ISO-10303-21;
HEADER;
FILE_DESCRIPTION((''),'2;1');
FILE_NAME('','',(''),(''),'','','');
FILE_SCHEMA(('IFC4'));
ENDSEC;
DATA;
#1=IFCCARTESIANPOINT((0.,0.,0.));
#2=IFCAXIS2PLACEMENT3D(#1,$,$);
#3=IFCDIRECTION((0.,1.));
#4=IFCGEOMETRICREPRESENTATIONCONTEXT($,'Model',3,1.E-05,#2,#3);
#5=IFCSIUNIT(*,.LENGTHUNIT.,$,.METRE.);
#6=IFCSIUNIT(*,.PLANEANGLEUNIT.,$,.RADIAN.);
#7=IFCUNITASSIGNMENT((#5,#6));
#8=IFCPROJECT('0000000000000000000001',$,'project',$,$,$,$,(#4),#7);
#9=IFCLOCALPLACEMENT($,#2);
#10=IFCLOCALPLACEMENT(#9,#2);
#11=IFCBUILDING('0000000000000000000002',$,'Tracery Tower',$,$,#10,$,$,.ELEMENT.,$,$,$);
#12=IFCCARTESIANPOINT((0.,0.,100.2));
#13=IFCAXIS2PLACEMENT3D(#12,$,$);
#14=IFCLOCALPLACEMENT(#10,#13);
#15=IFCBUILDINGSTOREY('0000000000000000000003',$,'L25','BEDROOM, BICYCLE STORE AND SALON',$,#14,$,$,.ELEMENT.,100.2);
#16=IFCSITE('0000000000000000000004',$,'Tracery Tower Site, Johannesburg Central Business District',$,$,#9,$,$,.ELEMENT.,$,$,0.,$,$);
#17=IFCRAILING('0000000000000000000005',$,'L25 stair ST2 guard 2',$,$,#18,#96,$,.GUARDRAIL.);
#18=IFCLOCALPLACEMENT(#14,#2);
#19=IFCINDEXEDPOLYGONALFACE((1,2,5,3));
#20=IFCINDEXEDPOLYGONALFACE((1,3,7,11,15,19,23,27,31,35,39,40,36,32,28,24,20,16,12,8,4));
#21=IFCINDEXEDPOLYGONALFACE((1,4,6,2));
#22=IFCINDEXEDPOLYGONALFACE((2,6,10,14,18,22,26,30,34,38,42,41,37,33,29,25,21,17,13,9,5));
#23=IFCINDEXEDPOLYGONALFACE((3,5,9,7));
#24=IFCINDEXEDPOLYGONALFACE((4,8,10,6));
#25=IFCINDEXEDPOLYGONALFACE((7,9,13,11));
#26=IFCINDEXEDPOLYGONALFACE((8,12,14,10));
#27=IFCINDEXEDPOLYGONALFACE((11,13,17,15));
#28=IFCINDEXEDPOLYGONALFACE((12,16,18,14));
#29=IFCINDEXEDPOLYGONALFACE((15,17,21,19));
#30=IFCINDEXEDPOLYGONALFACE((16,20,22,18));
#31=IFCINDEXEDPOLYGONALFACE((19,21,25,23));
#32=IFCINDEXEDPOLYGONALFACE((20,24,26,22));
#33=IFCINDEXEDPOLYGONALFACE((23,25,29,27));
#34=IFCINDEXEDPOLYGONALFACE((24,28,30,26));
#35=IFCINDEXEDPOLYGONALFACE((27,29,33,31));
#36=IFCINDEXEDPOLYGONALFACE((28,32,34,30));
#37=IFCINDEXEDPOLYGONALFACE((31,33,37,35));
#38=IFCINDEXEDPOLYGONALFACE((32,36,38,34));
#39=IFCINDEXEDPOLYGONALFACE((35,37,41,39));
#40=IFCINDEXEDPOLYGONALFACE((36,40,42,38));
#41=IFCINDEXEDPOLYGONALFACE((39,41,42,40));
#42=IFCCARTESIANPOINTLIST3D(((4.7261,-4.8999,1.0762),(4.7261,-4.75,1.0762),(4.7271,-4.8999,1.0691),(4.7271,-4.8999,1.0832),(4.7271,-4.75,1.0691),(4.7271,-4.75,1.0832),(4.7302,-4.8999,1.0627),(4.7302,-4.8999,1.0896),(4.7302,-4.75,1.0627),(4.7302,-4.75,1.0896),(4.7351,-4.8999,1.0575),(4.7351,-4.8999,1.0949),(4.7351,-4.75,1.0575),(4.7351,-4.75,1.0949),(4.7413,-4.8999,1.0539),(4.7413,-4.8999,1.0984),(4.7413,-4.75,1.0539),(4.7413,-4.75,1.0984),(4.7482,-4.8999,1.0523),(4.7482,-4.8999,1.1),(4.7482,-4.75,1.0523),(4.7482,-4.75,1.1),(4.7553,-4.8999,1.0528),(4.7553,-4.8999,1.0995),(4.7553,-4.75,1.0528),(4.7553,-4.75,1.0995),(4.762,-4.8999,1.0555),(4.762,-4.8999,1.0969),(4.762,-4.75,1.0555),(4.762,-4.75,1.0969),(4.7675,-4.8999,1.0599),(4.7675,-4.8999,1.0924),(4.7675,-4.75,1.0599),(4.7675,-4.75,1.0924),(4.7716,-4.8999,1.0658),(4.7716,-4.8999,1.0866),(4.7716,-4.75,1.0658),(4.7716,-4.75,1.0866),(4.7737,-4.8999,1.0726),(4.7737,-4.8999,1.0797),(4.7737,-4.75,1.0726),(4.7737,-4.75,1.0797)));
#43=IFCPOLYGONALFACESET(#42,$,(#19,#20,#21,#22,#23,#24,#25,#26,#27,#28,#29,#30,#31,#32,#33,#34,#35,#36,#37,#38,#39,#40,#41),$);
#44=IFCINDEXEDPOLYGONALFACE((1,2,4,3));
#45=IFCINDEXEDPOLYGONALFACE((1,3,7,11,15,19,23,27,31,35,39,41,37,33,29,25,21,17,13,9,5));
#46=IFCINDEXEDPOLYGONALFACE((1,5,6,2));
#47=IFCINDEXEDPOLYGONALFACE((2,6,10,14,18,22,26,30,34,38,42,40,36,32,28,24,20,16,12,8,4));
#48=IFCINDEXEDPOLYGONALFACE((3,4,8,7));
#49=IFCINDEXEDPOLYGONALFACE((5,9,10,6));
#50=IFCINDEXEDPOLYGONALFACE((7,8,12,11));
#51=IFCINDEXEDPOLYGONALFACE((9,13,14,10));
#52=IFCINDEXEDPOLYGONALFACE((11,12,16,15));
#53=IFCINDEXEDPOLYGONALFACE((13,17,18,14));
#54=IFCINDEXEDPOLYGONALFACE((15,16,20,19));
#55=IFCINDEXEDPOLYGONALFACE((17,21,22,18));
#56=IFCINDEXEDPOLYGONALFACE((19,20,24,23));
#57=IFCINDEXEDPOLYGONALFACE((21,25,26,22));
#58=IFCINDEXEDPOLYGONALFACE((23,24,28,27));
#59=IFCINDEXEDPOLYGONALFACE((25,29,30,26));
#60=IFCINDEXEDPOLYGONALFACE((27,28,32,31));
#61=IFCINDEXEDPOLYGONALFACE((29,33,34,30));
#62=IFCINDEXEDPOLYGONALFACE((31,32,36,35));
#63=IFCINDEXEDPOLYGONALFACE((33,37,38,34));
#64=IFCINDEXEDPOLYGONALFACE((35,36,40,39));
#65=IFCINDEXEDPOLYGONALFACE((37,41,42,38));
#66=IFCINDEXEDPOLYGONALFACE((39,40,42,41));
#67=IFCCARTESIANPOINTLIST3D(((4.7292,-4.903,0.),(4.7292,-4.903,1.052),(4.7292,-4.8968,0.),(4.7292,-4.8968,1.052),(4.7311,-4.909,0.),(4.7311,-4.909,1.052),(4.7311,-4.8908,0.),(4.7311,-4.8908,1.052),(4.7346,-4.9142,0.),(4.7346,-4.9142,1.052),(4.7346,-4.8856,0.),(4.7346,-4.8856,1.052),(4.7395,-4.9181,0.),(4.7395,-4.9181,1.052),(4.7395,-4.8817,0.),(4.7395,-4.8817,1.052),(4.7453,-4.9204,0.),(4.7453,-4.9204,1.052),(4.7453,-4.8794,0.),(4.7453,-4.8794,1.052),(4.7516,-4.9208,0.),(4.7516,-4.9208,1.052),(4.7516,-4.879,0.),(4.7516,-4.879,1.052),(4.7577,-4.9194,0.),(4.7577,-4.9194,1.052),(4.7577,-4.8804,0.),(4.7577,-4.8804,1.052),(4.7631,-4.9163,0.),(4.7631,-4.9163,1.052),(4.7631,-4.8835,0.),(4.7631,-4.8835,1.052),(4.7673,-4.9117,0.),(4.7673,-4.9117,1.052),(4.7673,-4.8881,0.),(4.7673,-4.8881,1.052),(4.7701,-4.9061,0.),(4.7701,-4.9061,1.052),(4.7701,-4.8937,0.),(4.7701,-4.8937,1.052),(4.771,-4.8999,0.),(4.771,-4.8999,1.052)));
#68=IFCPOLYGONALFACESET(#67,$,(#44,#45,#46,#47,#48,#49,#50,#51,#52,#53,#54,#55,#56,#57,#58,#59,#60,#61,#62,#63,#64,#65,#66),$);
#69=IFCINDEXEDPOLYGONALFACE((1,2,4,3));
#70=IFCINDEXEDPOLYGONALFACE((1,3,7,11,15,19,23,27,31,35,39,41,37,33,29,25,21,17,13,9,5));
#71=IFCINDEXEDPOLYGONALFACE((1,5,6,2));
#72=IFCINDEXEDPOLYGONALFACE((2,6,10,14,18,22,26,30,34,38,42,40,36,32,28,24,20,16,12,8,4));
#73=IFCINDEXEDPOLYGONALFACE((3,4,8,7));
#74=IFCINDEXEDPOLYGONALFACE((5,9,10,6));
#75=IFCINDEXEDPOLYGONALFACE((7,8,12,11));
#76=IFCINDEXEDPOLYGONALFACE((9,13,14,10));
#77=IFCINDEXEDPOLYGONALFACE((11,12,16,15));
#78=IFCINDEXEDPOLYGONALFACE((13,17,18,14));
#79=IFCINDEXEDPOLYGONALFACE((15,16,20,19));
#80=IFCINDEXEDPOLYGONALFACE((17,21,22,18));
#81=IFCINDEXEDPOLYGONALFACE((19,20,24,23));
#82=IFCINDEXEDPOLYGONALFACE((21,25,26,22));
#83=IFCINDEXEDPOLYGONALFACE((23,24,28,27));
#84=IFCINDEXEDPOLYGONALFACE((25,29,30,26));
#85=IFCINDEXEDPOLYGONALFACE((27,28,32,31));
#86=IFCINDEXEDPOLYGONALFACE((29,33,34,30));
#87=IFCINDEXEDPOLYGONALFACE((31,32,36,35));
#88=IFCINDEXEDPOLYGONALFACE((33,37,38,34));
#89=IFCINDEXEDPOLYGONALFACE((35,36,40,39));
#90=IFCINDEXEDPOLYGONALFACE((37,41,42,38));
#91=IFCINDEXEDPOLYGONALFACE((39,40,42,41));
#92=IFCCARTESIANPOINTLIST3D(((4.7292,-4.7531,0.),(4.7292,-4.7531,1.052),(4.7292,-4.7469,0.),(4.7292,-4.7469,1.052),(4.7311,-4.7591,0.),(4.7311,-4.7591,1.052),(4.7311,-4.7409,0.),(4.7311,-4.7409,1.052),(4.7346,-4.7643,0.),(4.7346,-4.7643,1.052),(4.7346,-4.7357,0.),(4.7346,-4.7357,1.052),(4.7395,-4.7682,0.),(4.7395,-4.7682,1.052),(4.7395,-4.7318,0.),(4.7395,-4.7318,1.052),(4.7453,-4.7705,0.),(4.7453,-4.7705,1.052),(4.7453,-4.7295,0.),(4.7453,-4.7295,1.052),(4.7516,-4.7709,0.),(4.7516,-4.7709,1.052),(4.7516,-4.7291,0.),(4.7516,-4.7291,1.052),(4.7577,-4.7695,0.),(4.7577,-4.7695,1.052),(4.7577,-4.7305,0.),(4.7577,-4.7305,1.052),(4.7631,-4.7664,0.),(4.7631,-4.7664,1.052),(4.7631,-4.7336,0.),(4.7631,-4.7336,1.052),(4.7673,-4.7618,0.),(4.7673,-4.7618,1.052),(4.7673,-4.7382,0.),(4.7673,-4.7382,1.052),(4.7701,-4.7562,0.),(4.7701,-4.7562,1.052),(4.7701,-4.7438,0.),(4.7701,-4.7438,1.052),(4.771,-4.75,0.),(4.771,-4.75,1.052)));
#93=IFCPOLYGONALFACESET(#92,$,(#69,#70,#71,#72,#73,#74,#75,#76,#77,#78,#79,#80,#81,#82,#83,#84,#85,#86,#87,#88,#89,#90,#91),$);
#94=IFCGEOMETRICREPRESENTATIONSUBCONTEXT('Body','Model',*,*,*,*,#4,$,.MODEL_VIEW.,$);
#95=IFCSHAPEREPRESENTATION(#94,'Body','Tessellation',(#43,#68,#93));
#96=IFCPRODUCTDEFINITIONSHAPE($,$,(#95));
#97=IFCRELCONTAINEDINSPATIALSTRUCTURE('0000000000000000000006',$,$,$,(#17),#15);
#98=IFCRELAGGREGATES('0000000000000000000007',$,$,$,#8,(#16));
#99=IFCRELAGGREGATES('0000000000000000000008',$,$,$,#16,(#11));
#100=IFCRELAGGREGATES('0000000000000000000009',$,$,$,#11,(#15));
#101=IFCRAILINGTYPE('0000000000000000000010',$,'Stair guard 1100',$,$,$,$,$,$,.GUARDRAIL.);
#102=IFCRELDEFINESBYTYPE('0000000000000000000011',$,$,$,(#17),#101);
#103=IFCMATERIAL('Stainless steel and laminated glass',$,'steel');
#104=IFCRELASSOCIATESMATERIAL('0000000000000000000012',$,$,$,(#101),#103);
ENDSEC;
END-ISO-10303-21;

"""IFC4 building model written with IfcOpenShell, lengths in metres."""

from ifc_helpers import new_model, si_unit, direction, frame, origin, origin_2d, place, context, subcontext, project, spatial, circle, extrude, material, type_object, element, save


model = new_model("IFC4")

# Units and contexts
model_context = context("Model", 3, precision=1e-05, world=origin(), true_north=direction((0.0, 1.0)))
body_context = subcontext(model_context, "Body", "Model", "MODEL_VIEW")
ifc_project = project(units=[si_unit("LENGTHUNIT", "METRE"), si_unit("PLANEANGLEUNIT", "RADIAN")], contexts=[model_context])

# Site, building, storey
site_placement = place(None, origin())
site = spatial("IfcSite", under=ifc_project, at=site_placement, Name="Tracery Tower Site, Johannesburg Central Business District", CompositionType="ELEMENT", RefElevation=0.0)
building_placement = place(site_placement, origin())
building = spatial("IfcBuilding", under=site, at=building_placement, Name="Tracery Tower", CompositionType="ELEMENT")
storey_placement = place(building_placement, frame((0.0, 0.0, 100.2)))
storey = spatial("IfcBuildingStorey", under=building, at=storey_placement, Name="L25", Description="BEDROOM, BICYCLE STORE AND SALON", CompositionType="ELEMENT", Elevation=100.2)

# Railing
ifc_material_1 = material(Name="Stainless steel and laminated glass", Category="steel")
railing_type_1 = type_object("IfcRailingType", Name="Stair guard 1100", PredefinedType="GUARDRAIL", material=ifc_material_1)
railing_1_placement = place(storey_placement, frame((4.75, -4.8999, 0.0)))
element("IfcRailing", 1, at=railing_1_placement, inside=storey, type_object=railing_type_1, Name="L25 stair ST2 guard 2", PredefinedType="GUARDRAIL", context=body_context, shape_type="SweptSolid", body=[
    extrude(circle(Radius=0.0239, at=origin_2d()), frame((0.0, 0.0, 1.0762), z_axis=(0.0, 1.0, 0.0), x_axis=(-1.0, 0.0, 0.0)), (0.0, 0.0, 1.0), 0.1499),
    extrude(circle(Radius=0.021, at=origin_2d()), origin(), (0.0, 0.0, 1.0), 1.052),
    extrude(circle(Radius=0.021, at=origin_2d()), frame((0.0, 0.1499, 0.0)), (0.0, 0.0, 1.0), 1.052),
])

save(model, "model.ifc")
